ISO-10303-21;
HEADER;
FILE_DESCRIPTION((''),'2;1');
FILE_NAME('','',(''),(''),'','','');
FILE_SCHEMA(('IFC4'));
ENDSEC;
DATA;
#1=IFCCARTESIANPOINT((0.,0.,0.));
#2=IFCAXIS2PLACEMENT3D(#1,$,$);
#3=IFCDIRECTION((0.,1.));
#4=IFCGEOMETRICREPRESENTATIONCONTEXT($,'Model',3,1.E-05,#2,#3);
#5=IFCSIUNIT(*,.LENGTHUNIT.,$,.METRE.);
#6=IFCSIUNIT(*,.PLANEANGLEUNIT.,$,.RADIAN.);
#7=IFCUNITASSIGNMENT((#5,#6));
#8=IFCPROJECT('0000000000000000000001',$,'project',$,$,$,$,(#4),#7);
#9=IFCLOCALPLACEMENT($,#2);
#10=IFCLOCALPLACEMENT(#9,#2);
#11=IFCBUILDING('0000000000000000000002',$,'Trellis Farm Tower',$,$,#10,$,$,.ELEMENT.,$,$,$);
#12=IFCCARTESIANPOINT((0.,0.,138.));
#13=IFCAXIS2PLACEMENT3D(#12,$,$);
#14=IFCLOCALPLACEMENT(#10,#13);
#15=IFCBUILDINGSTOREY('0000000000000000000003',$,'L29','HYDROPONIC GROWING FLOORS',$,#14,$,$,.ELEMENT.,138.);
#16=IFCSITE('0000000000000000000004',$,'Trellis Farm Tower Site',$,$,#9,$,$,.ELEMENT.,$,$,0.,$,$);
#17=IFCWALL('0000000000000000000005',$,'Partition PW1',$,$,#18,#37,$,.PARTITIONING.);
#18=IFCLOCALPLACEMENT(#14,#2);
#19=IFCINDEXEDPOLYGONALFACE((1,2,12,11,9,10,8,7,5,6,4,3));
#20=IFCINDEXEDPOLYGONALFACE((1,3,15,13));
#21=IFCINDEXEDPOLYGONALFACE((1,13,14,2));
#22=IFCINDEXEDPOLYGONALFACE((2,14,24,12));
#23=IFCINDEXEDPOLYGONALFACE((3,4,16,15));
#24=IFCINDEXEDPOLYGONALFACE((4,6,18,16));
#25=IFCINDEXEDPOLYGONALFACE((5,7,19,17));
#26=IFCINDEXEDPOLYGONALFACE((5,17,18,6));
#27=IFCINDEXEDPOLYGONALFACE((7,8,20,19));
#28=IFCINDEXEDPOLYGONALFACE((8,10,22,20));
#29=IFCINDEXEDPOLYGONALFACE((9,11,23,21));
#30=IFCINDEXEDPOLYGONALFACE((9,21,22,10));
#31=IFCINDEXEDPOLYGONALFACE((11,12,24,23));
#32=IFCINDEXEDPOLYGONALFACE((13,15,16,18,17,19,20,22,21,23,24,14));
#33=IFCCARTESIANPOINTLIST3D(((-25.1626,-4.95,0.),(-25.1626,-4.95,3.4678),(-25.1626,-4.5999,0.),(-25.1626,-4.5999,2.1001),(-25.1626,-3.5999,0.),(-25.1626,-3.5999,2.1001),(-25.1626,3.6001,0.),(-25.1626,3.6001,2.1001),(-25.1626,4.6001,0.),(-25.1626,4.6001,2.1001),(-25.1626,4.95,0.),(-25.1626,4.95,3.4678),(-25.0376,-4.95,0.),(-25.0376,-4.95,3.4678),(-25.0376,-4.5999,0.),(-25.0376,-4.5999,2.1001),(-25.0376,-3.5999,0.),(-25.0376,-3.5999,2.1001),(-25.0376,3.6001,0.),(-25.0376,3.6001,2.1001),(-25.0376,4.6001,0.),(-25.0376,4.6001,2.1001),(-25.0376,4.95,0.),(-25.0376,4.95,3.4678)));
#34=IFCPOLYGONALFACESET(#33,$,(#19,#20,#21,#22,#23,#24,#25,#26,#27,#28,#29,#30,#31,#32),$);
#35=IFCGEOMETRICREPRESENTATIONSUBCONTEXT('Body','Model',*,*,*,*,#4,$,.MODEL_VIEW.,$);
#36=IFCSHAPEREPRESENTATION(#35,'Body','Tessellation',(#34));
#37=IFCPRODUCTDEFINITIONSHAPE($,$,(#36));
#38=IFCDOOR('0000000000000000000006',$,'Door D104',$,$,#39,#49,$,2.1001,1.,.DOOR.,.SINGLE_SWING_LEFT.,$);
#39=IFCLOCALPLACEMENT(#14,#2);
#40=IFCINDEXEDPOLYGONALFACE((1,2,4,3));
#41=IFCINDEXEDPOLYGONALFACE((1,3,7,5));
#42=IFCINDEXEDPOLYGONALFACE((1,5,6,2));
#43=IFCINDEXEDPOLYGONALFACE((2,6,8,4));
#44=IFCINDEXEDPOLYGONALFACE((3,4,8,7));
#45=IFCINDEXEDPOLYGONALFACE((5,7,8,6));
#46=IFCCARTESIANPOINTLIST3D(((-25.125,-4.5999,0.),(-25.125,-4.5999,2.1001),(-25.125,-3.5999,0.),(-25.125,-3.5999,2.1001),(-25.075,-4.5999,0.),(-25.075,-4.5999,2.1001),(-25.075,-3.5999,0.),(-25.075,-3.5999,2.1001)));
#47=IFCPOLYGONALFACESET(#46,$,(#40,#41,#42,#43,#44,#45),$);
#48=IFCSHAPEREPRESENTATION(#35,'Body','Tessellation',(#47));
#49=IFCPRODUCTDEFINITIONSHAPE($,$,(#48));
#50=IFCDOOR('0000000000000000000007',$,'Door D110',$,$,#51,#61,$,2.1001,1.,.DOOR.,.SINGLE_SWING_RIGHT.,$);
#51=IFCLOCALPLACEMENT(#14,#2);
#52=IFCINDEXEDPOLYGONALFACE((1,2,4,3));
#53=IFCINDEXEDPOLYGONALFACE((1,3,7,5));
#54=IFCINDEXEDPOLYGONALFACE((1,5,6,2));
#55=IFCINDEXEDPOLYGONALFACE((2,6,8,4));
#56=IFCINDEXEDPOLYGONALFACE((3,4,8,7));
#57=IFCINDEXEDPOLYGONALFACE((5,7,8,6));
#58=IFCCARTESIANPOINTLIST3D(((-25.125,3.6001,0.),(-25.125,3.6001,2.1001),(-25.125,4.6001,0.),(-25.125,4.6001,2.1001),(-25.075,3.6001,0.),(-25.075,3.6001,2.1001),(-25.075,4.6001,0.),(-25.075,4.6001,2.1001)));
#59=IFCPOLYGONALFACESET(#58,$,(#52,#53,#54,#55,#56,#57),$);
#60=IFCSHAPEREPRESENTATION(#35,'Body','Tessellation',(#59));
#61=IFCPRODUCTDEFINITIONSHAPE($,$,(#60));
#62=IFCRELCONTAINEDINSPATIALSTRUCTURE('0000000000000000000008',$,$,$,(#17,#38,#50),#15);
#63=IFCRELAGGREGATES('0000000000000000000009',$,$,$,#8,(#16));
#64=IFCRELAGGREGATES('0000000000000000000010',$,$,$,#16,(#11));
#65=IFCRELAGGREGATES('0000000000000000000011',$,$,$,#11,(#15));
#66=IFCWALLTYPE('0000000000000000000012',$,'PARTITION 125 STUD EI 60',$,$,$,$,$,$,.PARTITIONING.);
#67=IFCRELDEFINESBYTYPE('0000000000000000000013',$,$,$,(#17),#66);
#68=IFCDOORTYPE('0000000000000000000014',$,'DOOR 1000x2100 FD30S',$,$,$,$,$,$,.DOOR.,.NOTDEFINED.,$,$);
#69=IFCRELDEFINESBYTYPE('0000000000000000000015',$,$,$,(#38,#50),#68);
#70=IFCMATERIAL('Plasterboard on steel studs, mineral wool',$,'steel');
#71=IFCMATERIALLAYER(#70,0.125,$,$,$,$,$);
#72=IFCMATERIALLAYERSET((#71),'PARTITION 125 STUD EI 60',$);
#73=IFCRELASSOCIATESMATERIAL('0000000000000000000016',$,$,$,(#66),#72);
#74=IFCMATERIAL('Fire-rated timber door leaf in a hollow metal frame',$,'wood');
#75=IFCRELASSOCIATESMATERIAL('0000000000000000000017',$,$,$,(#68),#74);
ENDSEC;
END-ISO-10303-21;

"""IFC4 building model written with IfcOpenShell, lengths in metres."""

from ifc_helpers import new_model, si_unit, direction, frame, frame_2d, origin, place, context, subcontext, project, spatial, rectangle, extrude, source, transform, mapped, material, layer, layer_set, type_object, element, fill, save


model = new_model("IFC4")

# Units and contexts
model_context = context("Model", 3, precision=1e-05, world=origin(), true_north=direction((0.0, 1.0)))
body_context = subcontext(model_context, "Body", "Model", "MODEL_VIEW")
ifc_project = project(units=[si_unit("LENGTHUNIT", "METRE"), si_unit("PLANEANGLEUNIT", "RADIAN")], contexts=[model_context])

# Site, building, storey
site_placement = place(None, origin())
site = spatial("IfcSite", under=ifc_project, at=site_placement, Name="Trellis Farm Tower Site", CompositionType="ELEMENT", RefElevation=0.0)
building_placement = place(site_placement, origin())
building = spatial("IfcBuilding", under=site, at=building_placement, Name="Trellis Farm Tower", CompositionType="ELEMENT")
storey_placement = place(building_placement, frame((0.0, 0.0, 138.0)))
storey = spatial("IfcBuildingStorey", under=building, at=storey_placement, Name="L29", Description="HYDROPONIC GROWING FLOORS", CompositionType="ELEMENT", Elevation=138.0)

# Wall, openings, doors
ifc_material_1 = material(Name="Plasterboard on steel studs, mineral wool", Category="steel")
ifc_layer_1 = layer(ifc_material_1, 0.125)
ifc_layer_set_1 = layer_set([ifc_layer_1], Name="PARTITION 125 STUD EI 60")
wall_type_1 = type_object("IfcWallType", Name="PARTITION 125 STUD EI 60", PredefinedType="PARTITIONING", material=ifc_layer_set_1)
shared_shape_1 = source(origin(), body_context, "Body", "SweptSolid", [
    extrude(rectangle(XDim=9.8999, YDim=0.125, at=frame_2d((4.95, 0.0))), origin(), (0.0, 0.0, 1.0), 3.4678),
])
wall_1_placement = place(storey_placement, frame((-25.1001, -4.95, 0.0), z_axis=(0.0, 0.0, 1.0), x_axis=(0.0, 1.0, 0.0)))
wall_1 = element("IfcWall", 1, at=wall_1_placement, inside=storey, type_object=wall_type_1, Name="Partition PW1", PredefinedType="PARTITIONING", context=body_context, shape_type="MappedRepresentation", body=[
    mapped(shared_shape_1, transform((0.0, 0.0, 0.0))),
])
shared_shape_2 = source(origin(), body_context, "Body", "SweptSolid", [
    extrude(rectangle(XDim=1.0, YDim=2.1001, at=frame_2d((0.5, 1.05))), frame((0.0, 0.0725, 0.0), z_axis=(0.0, -1.0, 0.0), x_axis=(1.0, 0.0, 0.0)), (0.0, 0.0, 1.0), 0.145),
])
opening_1_placement = place(wall_1_placement, frame((0.3501, 0.0, 0.0)))
opening_1 = element("IfcOpeningElement", 2, at=opening_1_placement, cuts=wall_1, PredefinedType="OPENING", context=body_context, shape_type="MappedRepresentation", body=[
    mapped(shared_shape_2, transform((0.0, 0.0, 0.0))),
])
opening_2_placement = place(wall_1_placement, frame((8.55, 0.0, 0.0)))
opening_2 = element("IfcOpeningElement", 3, at=opening_2_placement, cuts=wall_1, PredefinedType="OPENING", context=body_context, shape_type="MappedRepresentation", body=[
    mapped(shared_shape_2, transform((0.0, 0.0, 0.0))),
])
ifc_material_2 = material(Name="Fire-rated timber door leaf in a hollow metal frame", Category="wood")
door_type_1 = type_object("IfcDoorType", Name="DOOR 1000x2100 FD30S", OperationType="NOTDEFINED", PredefinedType="DOOR", material=ifc_material_2)
shared_shape_3 = source(origin(), body_context, "Body", "SweptSolid", [
    extrude(rectangle(XDim=1.0, YDim=2.1001, at=frame_2d((0.5, 1.05))), frame((0.0, 0.0249, 0.0), z_axis=(0.0, -1.0, 0.0), x_axis=(1.0, 0.0, 0.0)), (0.0, 0.0, 1.0), 0.05),
])
door_1_placement = place(opening_1_placement, origin())
door_1 = element("IfcDoor", 4, at=door_1_placement, inside=storey, type_object=door_type_1, Name="Door D104", OperationType="SINGLE_SWING_LEFT", OverallHeight=2.1001, OverallWidth=1.0, PredefinedType="DOOR", context=body_context, shape_type="MappedRepresentation", body=[
    mapped(shared_shape_3, transform((0.0, 0.0, 0.0))),
])
fill(opening_1, door_1)
door_2_placement = place(opening_2_placement, origin())
door_2 = element("IfcDoor", 5, at=door_2_placement, inside=storey, type_object=door_type_1, Name="Door D110", OperationType="SINGLE_SWING_RIGHT", OverallHeight=2.1001, OverallWidth=1.0, PredefinedType="DOOR", context=body_context, shape_type="MappedRepresentation", body=[
    mapped(shared_shape_3, transform((0.0, 0.0, 0.0))),
])
fill(opening_2, door_2)

save(model, "model.ifc")
